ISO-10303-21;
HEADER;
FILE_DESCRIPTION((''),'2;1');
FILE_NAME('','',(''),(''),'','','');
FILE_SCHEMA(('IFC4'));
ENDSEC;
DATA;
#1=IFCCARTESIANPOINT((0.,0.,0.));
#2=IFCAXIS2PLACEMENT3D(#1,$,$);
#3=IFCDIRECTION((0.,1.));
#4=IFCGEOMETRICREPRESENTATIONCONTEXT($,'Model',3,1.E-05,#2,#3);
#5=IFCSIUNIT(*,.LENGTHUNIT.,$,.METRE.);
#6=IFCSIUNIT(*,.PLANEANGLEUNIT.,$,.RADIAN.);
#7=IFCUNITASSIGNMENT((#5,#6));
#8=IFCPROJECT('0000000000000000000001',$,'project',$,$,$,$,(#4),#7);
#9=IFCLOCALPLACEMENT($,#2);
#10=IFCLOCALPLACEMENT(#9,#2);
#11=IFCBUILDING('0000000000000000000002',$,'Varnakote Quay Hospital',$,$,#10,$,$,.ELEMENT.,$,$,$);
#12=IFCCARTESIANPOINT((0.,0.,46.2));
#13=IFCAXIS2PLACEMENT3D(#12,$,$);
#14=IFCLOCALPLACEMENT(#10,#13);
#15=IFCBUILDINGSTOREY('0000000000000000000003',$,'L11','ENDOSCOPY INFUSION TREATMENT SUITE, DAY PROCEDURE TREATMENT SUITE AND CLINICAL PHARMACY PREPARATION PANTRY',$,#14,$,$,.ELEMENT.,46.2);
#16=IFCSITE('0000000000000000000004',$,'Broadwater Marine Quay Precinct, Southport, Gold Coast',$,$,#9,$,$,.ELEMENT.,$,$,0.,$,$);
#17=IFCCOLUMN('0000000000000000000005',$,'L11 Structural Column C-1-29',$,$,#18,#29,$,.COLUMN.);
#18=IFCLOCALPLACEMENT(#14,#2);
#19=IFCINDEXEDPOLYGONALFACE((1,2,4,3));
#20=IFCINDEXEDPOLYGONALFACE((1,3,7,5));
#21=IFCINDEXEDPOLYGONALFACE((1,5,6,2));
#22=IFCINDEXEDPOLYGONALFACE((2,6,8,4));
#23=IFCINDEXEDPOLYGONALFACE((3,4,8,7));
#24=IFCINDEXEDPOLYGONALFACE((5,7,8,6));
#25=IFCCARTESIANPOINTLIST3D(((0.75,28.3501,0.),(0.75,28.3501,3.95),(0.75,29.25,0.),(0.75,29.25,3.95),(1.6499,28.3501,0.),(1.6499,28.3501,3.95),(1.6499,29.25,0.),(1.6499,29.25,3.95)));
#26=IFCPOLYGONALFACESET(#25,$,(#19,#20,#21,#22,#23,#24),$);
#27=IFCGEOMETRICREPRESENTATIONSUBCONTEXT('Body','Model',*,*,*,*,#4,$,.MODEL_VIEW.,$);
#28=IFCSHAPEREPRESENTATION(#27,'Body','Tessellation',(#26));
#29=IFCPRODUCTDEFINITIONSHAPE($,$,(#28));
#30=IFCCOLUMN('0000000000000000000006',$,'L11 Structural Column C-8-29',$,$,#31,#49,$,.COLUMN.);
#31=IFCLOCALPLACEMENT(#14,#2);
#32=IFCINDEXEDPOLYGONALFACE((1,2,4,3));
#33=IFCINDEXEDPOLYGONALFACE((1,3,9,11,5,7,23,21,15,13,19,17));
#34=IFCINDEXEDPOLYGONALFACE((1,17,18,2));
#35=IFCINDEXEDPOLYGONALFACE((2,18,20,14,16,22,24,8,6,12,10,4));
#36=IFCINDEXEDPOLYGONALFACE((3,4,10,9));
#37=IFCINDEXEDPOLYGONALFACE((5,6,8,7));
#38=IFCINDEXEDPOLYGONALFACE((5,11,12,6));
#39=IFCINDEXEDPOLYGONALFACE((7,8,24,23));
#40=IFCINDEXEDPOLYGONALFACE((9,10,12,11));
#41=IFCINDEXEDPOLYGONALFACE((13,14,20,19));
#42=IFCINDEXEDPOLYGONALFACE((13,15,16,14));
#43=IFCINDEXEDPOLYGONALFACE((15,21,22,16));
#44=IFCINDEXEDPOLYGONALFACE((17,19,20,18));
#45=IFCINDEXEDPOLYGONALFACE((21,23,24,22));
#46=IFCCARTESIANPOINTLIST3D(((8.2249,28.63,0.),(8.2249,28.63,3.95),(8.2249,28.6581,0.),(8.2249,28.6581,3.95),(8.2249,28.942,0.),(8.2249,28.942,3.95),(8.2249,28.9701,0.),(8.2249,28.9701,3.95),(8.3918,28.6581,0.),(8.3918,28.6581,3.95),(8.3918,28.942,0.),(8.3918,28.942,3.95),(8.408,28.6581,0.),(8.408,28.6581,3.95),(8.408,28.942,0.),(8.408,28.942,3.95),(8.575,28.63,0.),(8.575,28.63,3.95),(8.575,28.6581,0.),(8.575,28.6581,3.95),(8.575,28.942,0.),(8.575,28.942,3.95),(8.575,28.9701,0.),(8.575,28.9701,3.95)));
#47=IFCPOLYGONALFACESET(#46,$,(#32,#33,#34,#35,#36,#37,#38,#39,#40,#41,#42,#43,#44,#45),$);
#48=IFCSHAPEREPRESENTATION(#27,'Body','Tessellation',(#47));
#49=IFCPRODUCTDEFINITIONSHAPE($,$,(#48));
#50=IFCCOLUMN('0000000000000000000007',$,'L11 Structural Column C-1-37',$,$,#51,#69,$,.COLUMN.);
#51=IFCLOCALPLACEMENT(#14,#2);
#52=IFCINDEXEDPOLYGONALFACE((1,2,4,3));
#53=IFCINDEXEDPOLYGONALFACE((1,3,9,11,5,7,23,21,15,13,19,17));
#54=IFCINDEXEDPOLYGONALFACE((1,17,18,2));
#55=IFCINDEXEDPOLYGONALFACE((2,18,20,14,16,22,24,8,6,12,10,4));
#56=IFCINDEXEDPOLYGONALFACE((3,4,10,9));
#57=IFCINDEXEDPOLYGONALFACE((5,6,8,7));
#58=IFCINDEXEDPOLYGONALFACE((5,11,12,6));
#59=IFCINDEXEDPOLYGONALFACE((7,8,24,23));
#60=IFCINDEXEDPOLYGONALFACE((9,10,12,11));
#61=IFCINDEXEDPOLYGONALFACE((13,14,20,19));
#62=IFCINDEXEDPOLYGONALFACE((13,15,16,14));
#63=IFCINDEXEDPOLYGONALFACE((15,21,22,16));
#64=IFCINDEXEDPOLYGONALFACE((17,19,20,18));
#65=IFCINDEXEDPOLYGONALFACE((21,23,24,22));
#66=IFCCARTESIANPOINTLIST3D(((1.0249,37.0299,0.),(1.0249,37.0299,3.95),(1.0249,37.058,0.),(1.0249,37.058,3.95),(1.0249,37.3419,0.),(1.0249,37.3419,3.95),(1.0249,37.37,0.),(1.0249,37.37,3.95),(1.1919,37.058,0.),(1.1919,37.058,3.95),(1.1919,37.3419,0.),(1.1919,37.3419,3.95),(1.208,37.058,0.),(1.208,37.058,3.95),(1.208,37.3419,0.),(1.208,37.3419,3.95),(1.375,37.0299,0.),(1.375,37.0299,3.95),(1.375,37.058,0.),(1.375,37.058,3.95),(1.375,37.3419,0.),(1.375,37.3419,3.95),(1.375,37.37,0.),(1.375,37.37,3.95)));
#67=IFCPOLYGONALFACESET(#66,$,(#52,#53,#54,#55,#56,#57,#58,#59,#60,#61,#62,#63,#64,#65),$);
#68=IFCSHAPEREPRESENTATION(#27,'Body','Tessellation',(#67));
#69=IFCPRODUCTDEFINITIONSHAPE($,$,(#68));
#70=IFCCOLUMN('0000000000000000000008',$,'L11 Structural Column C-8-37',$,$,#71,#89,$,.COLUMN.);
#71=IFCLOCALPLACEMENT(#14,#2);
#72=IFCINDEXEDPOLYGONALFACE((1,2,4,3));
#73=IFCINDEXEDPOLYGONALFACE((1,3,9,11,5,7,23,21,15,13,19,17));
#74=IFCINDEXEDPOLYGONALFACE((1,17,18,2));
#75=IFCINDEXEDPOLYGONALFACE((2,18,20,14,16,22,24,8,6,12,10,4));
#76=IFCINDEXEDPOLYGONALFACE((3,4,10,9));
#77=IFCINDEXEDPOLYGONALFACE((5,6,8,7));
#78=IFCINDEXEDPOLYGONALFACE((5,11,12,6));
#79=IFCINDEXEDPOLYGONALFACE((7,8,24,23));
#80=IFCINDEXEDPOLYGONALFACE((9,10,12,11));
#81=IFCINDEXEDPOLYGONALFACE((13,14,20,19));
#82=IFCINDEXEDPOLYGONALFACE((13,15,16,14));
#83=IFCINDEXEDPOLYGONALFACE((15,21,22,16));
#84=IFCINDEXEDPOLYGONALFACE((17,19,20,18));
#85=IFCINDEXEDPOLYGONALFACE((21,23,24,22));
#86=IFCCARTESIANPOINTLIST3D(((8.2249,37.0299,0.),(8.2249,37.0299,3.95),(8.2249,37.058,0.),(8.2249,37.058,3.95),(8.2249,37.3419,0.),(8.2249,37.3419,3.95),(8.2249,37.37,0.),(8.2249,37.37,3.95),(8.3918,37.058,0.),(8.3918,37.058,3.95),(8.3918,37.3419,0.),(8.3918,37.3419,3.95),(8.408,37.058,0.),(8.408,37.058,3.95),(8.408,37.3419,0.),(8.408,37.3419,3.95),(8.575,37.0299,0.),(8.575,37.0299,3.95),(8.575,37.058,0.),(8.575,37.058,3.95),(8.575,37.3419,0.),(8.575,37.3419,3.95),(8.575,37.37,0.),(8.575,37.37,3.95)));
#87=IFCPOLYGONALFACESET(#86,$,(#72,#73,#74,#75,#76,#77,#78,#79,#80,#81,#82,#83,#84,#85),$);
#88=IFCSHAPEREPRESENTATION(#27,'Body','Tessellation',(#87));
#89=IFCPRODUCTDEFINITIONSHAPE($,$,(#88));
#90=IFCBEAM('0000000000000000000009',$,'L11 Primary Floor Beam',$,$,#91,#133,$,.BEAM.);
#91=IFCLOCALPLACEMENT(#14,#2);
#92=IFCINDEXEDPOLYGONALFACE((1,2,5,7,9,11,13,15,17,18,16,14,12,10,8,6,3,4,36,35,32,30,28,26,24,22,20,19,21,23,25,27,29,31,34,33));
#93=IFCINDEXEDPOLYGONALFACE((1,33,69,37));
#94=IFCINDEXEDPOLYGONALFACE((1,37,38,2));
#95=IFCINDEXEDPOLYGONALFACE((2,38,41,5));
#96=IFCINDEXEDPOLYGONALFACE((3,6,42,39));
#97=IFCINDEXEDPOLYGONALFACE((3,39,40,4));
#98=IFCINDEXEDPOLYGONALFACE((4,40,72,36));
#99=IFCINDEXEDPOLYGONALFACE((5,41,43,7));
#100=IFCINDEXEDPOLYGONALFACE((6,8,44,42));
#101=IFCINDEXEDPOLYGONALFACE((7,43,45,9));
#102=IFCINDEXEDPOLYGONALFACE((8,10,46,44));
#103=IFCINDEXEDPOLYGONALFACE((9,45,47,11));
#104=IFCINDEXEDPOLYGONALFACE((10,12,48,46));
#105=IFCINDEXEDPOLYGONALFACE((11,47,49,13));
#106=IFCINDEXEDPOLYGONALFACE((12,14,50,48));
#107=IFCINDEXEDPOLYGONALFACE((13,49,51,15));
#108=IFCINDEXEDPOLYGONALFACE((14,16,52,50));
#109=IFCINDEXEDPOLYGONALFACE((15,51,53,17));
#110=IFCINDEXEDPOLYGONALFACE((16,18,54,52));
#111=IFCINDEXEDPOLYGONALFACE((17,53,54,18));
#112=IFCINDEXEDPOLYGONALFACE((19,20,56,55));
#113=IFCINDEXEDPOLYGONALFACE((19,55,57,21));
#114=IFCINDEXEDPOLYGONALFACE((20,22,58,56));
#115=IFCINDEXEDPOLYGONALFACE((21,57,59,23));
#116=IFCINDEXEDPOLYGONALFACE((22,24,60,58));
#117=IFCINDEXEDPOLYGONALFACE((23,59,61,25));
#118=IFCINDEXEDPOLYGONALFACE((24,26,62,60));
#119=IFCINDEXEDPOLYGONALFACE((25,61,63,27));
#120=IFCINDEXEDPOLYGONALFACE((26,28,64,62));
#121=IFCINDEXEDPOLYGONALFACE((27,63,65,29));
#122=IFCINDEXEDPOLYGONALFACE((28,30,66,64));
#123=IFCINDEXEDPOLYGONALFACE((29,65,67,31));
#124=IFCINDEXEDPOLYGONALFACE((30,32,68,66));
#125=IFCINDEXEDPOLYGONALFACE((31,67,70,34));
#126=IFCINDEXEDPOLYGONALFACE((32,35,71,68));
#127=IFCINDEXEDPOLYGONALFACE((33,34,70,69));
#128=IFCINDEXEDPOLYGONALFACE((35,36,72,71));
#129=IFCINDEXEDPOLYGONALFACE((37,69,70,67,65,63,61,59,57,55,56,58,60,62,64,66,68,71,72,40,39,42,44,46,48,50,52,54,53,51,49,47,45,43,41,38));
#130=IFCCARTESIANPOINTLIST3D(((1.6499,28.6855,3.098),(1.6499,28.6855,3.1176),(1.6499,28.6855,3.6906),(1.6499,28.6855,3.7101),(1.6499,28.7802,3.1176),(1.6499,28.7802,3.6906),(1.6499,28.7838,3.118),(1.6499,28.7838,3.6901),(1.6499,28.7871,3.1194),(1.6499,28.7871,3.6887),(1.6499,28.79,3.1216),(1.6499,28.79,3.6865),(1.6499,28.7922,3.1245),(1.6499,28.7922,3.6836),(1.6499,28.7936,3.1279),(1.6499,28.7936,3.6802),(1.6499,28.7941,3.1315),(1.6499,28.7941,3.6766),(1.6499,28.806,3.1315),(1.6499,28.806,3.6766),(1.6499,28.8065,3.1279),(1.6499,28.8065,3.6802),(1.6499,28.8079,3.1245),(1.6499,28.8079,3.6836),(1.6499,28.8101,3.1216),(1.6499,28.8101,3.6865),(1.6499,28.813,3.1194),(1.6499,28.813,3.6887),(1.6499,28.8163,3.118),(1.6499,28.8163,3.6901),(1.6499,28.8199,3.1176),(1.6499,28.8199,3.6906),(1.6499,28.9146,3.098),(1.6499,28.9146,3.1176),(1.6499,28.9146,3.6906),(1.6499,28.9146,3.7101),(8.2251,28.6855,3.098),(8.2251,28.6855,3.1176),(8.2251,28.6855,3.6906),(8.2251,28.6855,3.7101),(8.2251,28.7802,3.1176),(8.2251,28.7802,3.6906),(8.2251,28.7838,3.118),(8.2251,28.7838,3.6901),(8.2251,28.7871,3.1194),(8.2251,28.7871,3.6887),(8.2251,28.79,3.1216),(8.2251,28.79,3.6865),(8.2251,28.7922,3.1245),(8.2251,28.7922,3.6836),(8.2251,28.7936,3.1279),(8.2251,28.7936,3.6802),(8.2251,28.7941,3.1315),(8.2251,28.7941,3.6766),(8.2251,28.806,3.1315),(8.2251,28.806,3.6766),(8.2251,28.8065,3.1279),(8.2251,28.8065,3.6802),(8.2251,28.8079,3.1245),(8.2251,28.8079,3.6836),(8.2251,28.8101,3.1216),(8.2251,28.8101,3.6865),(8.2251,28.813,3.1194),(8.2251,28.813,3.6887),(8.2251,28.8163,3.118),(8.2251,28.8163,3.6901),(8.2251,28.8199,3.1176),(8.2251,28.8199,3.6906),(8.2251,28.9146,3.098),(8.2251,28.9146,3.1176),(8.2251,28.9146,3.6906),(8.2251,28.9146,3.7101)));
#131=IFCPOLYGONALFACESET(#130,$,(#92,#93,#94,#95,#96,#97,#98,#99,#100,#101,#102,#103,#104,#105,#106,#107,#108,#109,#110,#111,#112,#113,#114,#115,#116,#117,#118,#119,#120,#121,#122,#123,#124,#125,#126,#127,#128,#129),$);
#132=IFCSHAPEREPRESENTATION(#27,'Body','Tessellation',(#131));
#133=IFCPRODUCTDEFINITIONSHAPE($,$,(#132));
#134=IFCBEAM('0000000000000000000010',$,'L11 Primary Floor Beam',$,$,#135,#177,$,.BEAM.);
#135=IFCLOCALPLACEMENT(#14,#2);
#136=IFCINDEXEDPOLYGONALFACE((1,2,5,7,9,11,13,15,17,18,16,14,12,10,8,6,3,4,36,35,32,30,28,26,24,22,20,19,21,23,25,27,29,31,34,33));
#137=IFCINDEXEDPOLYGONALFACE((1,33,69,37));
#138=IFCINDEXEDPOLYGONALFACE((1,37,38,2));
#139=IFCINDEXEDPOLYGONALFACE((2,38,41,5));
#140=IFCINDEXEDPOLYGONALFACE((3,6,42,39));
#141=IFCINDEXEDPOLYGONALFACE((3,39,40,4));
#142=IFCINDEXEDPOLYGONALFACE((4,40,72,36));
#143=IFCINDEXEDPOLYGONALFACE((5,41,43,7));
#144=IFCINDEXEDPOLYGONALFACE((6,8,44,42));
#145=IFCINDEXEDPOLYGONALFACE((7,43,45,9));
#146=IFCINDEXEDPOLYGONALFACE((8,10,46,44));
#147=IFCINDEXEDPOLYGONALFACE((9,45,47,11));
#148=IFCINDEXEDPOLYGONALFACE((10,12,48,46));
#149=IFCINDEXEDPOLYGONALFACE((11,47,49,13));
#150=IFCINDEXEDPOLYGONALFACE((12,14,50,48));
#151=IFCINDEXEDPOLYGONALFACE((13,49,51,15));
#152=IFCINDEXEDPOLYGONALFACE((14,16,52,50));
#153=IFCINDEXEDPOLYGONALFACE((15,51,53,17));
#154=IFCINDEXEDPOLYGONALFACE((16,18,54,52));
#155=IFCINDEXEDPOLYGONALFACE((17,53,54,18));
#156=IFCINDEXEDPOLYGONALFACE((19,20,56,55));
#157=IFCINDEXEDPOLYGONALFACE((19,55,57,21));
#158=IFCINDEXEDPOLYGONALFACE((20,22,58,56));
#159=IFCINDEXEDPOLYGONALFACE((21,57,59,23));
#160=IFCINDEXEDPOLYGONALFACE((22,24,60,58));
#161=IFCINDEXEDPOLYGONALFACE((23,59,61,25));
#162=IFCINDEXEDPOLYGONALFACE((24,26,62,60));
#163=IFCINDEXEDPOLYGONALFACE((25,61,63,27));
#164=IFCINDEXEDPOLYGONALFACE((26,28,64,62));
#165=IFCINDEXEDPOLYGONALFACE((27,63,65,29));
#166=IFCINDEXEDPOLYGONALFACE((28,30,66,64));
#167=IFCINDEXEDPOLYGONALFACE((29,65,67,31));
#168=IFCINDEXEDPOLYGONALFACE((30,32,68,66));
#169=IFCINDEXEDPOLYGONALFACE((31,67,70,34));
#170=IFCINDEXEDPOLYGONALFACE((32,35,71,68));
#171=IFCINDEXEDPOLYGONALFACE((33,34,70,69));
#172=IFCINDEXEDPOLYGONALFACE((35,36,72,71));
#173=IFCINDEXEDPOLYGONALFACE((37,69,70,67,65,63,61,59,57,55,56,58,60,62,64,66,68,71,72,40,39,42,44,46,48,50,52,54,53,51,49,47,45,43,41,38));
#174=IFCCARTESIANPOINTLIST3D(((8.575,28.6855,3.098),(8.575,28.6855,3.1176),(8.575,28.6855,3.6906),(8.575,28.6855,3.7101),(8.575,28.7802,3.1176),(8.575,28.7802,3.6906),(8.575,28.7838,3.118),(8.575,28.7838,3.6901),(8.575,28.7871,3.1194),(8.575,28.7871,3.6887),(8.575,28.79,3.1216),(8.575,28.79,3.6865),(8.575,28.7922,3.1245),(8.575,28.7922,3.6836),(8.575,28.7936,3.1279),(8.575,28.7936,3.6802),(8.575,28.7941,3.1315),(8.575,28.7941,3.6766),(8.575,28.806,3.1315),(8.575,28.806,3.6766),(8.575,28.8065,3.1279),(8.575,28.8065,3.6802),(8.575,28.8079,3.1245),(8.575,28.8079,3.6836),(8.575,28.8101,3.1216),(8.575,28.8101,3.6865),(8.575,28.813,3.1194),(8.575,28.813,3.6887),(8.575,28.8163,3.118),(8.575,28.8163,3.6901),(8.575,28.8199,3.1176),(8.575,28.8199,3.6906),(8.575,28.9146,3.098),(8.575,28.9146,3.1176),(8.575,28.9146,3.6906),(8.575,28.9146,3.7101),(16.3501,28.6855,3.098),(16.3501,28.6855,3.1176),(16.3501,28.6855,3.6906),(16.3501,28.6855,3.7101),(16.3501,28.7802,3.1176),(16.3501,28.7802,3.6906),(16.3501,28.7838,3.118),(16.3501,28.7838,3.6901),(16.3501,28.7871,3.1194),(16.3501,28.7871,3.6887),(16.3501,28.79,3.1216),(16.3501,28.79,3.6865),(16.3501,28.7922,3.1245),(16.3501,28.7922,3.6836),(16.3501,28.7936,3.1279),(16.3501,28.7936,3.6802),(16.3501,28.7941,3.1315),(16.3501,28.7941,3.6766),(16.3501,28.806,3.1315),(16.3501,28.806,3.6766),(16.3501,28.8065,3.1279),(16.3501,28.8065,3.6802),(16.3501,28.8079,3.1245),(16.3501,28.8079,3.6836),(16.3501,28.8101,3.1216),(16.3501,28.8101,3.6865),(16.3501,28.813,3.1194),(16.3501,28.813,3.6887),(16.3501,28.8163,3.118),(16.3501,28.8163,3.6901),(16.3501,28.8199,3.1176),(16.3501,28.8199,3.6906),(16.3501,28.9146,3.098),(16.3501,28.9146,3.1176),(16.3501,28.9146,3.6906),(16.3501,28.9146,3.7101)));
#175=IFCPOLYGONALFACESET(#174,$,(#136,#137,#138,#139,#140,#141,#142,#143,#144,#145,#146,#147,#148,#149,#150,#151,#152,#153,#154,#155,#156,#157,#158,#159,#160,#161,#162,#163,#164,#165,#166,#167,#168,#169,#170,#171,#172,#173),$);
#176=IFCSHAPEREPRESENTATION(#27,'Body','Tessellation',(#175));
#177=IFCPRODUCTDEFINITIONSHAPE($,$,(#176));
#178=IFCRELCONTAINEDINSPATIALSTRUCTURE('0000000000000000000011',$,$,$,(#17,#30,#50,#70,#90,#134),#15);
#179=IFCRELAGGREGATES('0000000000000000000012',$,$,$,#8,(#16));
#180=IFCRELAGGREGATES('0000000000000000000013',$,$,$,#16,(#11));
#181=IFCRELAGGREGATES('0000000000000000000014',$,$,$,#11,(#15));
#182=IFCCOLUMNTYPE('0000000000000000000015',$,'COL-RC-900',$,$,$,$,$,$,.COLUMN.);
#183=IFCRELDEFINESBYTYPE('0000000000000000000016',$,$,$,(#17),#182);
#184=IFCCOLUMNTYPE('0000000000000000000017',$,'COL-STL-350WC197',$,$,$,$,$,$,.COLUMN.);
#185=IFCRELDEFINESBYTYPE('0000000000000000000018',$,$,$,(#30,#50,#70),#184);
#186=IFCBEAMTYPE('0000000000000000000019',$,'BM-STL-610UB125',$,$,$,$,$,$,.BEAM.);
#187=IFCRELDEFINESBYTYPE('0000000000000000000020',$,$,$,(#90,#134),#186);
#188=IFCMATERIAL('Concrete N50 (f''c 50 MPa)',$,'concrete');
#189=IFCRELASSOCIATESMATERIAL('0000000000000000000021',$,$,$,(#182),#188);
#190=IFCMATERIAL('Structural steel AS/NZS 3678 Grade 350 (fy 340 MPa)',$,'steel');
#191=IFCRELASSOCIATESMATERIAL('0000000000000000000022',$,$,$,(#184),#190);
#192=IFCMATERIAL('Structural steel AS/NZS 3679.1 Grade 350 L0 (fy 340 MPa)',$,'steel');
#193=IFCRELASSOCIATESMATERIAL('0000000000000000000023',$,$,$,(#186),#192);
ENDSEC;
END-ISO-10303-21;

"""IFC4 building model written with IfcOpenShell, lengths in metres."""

from ifc_helpers import new_model, si_unit, direction, frame, origin, origin_2d, place, context, subcontext, project, spatial, rectangle, i_section, extrude, material, material_profile, profile_set, type_object, element, save


model = new_model("IFC4")

# Units and contexts
model_context = context("Model", 3, precision=1e-05, world=origin(), true_north=direction((0.0, 1.0)))
body_context = subcontext(model_context, "Body", "Model", "MODEL_VIEW")
ifc_project = project(units=[si_unit("LENGTHUNIT", "METRE"), si_unit("PLANEANGLEUNIT", "RADIAN")], contexts=[model_context])

# Site, building, storey
site_placement = place(None, origin())
site = spatial("IfcSite", under=ifc_project, at=site_placement, Name="Broadwater Marine Quay Precinct, Southport, Gold Coast", CompositionType="ELEMENT", RefElevation=0.0)
building_placement = place(site_placement, origin())
building = spatial("IfcBuilding", under=site, at=building_placement, Name="Varnakote Quay Hospital", CompositionType="ELEMENT")
storey_placement = place(building_placement, frame((0.0, 0.0, 46.2)))
storey = spatial("IfcBuildingStorey", under=building, at=storey_placement, Name="L11", Description="ENDOSCOPY INFUSION TREATMENT SUITE, DAY PROCEDURE TREATMENT SUITE AND CLINICAL PHARMACY PREPARATION PANTRY", CompositionType="ELEMENT", Elevation=46.2)

# Columns
ifc_material_1 = material(Name="Concrete N50 (f'c 50 MPa)", Category="concrete")
ifc_material_profile_1 = material_profile(ifc_material_1, rectangle(XDim=0.8999, YDim=0.8999, at=origin_2d()), Name="RC-COL-900x900")
ifc_profile_set_1 = profile_set([ifc_material_profile_1], Name="Concrete N50 (f'c 50 MPa)")
column_type_1 = type_object("IfcColumnType", Name="COL-RC-900", PredefinedType="COLUMN", material=ifc_profile_set_1)
column_placement = place(storey_placement, frame((1.2, 28.8, 0.0), z_axis=(0.0, 0.0, 1.0), x_axis=(1.0, 0.0, 0.0)))
element("IfcColumn", 1, at=column_placement, inside=storey, type_object=column_type_1, Name="L11 Structural Column C-1-29", PredefinedType="COLUMN", context=body_context, shape_type="SweptSolid", body=[
    extrude(rectangle(XDim=0.8999, YDim=0.8999, at=origin_2d()), origin(), (0.0, 0.0, 1.0), 3.95),
])
ifc_material_2 = material(Name="Structural steel AS/NZS 3678 Grade 350 (fy 340 MPa)", Category="steel")
ifc_material_profile_2 = material_profile(ifc_material_2, i_section(OverallWidth=0.3501, OverallDepth=0.3401, WebThickness=0.0161, FlangeThickness=0.0281, at=origin_2d()), Name="350WC197")
ifc_profile_set_2 = profile_set([ifc_material_profile_2], Name="Structural steel AS/NZS 3678 Grade 350 (fy 340 MPa)")
column_type_2 = type_object("IfcColumnType", Name="COL-STL-350WC197", PredefinedType="COLUMN", material=ifc_profile_set_2)
for number, where, z_axis, x_axis, name in (
    (2, (8.3999, 28.8, 0.0), (0.0, 0.0, 1.0), (1.0, 0.0, 0.0), "L11 Structural Column C-8-29"),
    (3, (1.2, 37.2, 0.0), (0.0, 0.0, 1.0), (1.0, 0.0, 0.0), "L11 Structural Column C-1-37"),
    (4, (8.3999, 37.2, 0.0), (0.0, 0.0, 1.0), (1.0, 0.0, 0.0), "L11 Structural Column C-8-37"),
):
    element("IfcColumn", number, at=place(storey_placement, frame(where, z_axis=z_axis, x_axis=x_axis)), inside=storey, type_object=column_type_2, Name=name, PredefinedType="COLUMN", context=body_context, shape_type="SweptSolid", body=[
        extrude(i_section(OverallWidth=0.3501, OverallDepth=0.3401, WebThickness=0.0161, FlangeThickness=0.0281, at=origin_2d()), origin(), (0.0, 0.0, 1.0), 3.95),
    ])

# Beams
ifc_material_3 = material(Name="Structural steel AS/NZS 3679.1 Grade 350 L0 (fy 340 MPa)", Category="steel")
ifc_material_profile_3 = material_profile(ifc_material_3, i_section(OverallWidth=0.229, OverallDepth=0.6121, WebThickness=0.012, FlangeThickness=0.0195, FilletRadius=0.0139, at=origin_2d()), Name="610UB125")
ifc_profile_set_3 = profile_set([ifc_material_profile_3], Name="Structural steel AS/NZS 3679.1 Grade 350 L0 (fy 340 MPa)")
beam_type_1 = type_object("IfcBeamType", Name="BM-STL-610UB125", PredefinedType="BEAM", material=ifc_profile_set_3)
beam_1_placement = place(storey_placement, frame((1.6499, 28.8, 3.4041), z_axis=(1.0, 0.0, 0.0), x_axis=(0.0, 1.0, 0.0)))
element("IfcBeam", 5, at=beam_1_placement, inside=storey, type_object=beam_type_1, Name="L11 Primary Floor Beam", PredefinedType="BEAM", context=body_context, shape_type="SweptSolid", body=[
    extrude(i_section(OverallWidth=0.229, OverallDepth=0.6121, WebThickness=0.012, FlangeThickness=0.0195, FilletRadius=0.0139, at=origin_2d()), origin(), (0.0, 0.0, 1.0), 6.5752),
])
beam_2_placement = place(storey_placement, frame((8.575, 28.8, 3.4041), z_axis=(1.0, 0.0, 0.0), x_axis=(0.0, 1.0, 0.0)))
element("IfcBeam", 6, at=beam_2_placement, inside=storey, type_object=beam_type_1, Name="L11 Primary Floor Beam", PredefinedType="BEAM", context=body_context, shape_type="SweptSolid", body=[
    extrude(i_section(OverallWidth=0.229, OverallDepth=0.6121, WebThickness=0.012, FlangeThickness=0.0195, FilletRadius=0.0139, at=origin_2d()), origin(), (0.0, 0.0, 1.0), 7.7751),
])

save(model, "model.ifc")
